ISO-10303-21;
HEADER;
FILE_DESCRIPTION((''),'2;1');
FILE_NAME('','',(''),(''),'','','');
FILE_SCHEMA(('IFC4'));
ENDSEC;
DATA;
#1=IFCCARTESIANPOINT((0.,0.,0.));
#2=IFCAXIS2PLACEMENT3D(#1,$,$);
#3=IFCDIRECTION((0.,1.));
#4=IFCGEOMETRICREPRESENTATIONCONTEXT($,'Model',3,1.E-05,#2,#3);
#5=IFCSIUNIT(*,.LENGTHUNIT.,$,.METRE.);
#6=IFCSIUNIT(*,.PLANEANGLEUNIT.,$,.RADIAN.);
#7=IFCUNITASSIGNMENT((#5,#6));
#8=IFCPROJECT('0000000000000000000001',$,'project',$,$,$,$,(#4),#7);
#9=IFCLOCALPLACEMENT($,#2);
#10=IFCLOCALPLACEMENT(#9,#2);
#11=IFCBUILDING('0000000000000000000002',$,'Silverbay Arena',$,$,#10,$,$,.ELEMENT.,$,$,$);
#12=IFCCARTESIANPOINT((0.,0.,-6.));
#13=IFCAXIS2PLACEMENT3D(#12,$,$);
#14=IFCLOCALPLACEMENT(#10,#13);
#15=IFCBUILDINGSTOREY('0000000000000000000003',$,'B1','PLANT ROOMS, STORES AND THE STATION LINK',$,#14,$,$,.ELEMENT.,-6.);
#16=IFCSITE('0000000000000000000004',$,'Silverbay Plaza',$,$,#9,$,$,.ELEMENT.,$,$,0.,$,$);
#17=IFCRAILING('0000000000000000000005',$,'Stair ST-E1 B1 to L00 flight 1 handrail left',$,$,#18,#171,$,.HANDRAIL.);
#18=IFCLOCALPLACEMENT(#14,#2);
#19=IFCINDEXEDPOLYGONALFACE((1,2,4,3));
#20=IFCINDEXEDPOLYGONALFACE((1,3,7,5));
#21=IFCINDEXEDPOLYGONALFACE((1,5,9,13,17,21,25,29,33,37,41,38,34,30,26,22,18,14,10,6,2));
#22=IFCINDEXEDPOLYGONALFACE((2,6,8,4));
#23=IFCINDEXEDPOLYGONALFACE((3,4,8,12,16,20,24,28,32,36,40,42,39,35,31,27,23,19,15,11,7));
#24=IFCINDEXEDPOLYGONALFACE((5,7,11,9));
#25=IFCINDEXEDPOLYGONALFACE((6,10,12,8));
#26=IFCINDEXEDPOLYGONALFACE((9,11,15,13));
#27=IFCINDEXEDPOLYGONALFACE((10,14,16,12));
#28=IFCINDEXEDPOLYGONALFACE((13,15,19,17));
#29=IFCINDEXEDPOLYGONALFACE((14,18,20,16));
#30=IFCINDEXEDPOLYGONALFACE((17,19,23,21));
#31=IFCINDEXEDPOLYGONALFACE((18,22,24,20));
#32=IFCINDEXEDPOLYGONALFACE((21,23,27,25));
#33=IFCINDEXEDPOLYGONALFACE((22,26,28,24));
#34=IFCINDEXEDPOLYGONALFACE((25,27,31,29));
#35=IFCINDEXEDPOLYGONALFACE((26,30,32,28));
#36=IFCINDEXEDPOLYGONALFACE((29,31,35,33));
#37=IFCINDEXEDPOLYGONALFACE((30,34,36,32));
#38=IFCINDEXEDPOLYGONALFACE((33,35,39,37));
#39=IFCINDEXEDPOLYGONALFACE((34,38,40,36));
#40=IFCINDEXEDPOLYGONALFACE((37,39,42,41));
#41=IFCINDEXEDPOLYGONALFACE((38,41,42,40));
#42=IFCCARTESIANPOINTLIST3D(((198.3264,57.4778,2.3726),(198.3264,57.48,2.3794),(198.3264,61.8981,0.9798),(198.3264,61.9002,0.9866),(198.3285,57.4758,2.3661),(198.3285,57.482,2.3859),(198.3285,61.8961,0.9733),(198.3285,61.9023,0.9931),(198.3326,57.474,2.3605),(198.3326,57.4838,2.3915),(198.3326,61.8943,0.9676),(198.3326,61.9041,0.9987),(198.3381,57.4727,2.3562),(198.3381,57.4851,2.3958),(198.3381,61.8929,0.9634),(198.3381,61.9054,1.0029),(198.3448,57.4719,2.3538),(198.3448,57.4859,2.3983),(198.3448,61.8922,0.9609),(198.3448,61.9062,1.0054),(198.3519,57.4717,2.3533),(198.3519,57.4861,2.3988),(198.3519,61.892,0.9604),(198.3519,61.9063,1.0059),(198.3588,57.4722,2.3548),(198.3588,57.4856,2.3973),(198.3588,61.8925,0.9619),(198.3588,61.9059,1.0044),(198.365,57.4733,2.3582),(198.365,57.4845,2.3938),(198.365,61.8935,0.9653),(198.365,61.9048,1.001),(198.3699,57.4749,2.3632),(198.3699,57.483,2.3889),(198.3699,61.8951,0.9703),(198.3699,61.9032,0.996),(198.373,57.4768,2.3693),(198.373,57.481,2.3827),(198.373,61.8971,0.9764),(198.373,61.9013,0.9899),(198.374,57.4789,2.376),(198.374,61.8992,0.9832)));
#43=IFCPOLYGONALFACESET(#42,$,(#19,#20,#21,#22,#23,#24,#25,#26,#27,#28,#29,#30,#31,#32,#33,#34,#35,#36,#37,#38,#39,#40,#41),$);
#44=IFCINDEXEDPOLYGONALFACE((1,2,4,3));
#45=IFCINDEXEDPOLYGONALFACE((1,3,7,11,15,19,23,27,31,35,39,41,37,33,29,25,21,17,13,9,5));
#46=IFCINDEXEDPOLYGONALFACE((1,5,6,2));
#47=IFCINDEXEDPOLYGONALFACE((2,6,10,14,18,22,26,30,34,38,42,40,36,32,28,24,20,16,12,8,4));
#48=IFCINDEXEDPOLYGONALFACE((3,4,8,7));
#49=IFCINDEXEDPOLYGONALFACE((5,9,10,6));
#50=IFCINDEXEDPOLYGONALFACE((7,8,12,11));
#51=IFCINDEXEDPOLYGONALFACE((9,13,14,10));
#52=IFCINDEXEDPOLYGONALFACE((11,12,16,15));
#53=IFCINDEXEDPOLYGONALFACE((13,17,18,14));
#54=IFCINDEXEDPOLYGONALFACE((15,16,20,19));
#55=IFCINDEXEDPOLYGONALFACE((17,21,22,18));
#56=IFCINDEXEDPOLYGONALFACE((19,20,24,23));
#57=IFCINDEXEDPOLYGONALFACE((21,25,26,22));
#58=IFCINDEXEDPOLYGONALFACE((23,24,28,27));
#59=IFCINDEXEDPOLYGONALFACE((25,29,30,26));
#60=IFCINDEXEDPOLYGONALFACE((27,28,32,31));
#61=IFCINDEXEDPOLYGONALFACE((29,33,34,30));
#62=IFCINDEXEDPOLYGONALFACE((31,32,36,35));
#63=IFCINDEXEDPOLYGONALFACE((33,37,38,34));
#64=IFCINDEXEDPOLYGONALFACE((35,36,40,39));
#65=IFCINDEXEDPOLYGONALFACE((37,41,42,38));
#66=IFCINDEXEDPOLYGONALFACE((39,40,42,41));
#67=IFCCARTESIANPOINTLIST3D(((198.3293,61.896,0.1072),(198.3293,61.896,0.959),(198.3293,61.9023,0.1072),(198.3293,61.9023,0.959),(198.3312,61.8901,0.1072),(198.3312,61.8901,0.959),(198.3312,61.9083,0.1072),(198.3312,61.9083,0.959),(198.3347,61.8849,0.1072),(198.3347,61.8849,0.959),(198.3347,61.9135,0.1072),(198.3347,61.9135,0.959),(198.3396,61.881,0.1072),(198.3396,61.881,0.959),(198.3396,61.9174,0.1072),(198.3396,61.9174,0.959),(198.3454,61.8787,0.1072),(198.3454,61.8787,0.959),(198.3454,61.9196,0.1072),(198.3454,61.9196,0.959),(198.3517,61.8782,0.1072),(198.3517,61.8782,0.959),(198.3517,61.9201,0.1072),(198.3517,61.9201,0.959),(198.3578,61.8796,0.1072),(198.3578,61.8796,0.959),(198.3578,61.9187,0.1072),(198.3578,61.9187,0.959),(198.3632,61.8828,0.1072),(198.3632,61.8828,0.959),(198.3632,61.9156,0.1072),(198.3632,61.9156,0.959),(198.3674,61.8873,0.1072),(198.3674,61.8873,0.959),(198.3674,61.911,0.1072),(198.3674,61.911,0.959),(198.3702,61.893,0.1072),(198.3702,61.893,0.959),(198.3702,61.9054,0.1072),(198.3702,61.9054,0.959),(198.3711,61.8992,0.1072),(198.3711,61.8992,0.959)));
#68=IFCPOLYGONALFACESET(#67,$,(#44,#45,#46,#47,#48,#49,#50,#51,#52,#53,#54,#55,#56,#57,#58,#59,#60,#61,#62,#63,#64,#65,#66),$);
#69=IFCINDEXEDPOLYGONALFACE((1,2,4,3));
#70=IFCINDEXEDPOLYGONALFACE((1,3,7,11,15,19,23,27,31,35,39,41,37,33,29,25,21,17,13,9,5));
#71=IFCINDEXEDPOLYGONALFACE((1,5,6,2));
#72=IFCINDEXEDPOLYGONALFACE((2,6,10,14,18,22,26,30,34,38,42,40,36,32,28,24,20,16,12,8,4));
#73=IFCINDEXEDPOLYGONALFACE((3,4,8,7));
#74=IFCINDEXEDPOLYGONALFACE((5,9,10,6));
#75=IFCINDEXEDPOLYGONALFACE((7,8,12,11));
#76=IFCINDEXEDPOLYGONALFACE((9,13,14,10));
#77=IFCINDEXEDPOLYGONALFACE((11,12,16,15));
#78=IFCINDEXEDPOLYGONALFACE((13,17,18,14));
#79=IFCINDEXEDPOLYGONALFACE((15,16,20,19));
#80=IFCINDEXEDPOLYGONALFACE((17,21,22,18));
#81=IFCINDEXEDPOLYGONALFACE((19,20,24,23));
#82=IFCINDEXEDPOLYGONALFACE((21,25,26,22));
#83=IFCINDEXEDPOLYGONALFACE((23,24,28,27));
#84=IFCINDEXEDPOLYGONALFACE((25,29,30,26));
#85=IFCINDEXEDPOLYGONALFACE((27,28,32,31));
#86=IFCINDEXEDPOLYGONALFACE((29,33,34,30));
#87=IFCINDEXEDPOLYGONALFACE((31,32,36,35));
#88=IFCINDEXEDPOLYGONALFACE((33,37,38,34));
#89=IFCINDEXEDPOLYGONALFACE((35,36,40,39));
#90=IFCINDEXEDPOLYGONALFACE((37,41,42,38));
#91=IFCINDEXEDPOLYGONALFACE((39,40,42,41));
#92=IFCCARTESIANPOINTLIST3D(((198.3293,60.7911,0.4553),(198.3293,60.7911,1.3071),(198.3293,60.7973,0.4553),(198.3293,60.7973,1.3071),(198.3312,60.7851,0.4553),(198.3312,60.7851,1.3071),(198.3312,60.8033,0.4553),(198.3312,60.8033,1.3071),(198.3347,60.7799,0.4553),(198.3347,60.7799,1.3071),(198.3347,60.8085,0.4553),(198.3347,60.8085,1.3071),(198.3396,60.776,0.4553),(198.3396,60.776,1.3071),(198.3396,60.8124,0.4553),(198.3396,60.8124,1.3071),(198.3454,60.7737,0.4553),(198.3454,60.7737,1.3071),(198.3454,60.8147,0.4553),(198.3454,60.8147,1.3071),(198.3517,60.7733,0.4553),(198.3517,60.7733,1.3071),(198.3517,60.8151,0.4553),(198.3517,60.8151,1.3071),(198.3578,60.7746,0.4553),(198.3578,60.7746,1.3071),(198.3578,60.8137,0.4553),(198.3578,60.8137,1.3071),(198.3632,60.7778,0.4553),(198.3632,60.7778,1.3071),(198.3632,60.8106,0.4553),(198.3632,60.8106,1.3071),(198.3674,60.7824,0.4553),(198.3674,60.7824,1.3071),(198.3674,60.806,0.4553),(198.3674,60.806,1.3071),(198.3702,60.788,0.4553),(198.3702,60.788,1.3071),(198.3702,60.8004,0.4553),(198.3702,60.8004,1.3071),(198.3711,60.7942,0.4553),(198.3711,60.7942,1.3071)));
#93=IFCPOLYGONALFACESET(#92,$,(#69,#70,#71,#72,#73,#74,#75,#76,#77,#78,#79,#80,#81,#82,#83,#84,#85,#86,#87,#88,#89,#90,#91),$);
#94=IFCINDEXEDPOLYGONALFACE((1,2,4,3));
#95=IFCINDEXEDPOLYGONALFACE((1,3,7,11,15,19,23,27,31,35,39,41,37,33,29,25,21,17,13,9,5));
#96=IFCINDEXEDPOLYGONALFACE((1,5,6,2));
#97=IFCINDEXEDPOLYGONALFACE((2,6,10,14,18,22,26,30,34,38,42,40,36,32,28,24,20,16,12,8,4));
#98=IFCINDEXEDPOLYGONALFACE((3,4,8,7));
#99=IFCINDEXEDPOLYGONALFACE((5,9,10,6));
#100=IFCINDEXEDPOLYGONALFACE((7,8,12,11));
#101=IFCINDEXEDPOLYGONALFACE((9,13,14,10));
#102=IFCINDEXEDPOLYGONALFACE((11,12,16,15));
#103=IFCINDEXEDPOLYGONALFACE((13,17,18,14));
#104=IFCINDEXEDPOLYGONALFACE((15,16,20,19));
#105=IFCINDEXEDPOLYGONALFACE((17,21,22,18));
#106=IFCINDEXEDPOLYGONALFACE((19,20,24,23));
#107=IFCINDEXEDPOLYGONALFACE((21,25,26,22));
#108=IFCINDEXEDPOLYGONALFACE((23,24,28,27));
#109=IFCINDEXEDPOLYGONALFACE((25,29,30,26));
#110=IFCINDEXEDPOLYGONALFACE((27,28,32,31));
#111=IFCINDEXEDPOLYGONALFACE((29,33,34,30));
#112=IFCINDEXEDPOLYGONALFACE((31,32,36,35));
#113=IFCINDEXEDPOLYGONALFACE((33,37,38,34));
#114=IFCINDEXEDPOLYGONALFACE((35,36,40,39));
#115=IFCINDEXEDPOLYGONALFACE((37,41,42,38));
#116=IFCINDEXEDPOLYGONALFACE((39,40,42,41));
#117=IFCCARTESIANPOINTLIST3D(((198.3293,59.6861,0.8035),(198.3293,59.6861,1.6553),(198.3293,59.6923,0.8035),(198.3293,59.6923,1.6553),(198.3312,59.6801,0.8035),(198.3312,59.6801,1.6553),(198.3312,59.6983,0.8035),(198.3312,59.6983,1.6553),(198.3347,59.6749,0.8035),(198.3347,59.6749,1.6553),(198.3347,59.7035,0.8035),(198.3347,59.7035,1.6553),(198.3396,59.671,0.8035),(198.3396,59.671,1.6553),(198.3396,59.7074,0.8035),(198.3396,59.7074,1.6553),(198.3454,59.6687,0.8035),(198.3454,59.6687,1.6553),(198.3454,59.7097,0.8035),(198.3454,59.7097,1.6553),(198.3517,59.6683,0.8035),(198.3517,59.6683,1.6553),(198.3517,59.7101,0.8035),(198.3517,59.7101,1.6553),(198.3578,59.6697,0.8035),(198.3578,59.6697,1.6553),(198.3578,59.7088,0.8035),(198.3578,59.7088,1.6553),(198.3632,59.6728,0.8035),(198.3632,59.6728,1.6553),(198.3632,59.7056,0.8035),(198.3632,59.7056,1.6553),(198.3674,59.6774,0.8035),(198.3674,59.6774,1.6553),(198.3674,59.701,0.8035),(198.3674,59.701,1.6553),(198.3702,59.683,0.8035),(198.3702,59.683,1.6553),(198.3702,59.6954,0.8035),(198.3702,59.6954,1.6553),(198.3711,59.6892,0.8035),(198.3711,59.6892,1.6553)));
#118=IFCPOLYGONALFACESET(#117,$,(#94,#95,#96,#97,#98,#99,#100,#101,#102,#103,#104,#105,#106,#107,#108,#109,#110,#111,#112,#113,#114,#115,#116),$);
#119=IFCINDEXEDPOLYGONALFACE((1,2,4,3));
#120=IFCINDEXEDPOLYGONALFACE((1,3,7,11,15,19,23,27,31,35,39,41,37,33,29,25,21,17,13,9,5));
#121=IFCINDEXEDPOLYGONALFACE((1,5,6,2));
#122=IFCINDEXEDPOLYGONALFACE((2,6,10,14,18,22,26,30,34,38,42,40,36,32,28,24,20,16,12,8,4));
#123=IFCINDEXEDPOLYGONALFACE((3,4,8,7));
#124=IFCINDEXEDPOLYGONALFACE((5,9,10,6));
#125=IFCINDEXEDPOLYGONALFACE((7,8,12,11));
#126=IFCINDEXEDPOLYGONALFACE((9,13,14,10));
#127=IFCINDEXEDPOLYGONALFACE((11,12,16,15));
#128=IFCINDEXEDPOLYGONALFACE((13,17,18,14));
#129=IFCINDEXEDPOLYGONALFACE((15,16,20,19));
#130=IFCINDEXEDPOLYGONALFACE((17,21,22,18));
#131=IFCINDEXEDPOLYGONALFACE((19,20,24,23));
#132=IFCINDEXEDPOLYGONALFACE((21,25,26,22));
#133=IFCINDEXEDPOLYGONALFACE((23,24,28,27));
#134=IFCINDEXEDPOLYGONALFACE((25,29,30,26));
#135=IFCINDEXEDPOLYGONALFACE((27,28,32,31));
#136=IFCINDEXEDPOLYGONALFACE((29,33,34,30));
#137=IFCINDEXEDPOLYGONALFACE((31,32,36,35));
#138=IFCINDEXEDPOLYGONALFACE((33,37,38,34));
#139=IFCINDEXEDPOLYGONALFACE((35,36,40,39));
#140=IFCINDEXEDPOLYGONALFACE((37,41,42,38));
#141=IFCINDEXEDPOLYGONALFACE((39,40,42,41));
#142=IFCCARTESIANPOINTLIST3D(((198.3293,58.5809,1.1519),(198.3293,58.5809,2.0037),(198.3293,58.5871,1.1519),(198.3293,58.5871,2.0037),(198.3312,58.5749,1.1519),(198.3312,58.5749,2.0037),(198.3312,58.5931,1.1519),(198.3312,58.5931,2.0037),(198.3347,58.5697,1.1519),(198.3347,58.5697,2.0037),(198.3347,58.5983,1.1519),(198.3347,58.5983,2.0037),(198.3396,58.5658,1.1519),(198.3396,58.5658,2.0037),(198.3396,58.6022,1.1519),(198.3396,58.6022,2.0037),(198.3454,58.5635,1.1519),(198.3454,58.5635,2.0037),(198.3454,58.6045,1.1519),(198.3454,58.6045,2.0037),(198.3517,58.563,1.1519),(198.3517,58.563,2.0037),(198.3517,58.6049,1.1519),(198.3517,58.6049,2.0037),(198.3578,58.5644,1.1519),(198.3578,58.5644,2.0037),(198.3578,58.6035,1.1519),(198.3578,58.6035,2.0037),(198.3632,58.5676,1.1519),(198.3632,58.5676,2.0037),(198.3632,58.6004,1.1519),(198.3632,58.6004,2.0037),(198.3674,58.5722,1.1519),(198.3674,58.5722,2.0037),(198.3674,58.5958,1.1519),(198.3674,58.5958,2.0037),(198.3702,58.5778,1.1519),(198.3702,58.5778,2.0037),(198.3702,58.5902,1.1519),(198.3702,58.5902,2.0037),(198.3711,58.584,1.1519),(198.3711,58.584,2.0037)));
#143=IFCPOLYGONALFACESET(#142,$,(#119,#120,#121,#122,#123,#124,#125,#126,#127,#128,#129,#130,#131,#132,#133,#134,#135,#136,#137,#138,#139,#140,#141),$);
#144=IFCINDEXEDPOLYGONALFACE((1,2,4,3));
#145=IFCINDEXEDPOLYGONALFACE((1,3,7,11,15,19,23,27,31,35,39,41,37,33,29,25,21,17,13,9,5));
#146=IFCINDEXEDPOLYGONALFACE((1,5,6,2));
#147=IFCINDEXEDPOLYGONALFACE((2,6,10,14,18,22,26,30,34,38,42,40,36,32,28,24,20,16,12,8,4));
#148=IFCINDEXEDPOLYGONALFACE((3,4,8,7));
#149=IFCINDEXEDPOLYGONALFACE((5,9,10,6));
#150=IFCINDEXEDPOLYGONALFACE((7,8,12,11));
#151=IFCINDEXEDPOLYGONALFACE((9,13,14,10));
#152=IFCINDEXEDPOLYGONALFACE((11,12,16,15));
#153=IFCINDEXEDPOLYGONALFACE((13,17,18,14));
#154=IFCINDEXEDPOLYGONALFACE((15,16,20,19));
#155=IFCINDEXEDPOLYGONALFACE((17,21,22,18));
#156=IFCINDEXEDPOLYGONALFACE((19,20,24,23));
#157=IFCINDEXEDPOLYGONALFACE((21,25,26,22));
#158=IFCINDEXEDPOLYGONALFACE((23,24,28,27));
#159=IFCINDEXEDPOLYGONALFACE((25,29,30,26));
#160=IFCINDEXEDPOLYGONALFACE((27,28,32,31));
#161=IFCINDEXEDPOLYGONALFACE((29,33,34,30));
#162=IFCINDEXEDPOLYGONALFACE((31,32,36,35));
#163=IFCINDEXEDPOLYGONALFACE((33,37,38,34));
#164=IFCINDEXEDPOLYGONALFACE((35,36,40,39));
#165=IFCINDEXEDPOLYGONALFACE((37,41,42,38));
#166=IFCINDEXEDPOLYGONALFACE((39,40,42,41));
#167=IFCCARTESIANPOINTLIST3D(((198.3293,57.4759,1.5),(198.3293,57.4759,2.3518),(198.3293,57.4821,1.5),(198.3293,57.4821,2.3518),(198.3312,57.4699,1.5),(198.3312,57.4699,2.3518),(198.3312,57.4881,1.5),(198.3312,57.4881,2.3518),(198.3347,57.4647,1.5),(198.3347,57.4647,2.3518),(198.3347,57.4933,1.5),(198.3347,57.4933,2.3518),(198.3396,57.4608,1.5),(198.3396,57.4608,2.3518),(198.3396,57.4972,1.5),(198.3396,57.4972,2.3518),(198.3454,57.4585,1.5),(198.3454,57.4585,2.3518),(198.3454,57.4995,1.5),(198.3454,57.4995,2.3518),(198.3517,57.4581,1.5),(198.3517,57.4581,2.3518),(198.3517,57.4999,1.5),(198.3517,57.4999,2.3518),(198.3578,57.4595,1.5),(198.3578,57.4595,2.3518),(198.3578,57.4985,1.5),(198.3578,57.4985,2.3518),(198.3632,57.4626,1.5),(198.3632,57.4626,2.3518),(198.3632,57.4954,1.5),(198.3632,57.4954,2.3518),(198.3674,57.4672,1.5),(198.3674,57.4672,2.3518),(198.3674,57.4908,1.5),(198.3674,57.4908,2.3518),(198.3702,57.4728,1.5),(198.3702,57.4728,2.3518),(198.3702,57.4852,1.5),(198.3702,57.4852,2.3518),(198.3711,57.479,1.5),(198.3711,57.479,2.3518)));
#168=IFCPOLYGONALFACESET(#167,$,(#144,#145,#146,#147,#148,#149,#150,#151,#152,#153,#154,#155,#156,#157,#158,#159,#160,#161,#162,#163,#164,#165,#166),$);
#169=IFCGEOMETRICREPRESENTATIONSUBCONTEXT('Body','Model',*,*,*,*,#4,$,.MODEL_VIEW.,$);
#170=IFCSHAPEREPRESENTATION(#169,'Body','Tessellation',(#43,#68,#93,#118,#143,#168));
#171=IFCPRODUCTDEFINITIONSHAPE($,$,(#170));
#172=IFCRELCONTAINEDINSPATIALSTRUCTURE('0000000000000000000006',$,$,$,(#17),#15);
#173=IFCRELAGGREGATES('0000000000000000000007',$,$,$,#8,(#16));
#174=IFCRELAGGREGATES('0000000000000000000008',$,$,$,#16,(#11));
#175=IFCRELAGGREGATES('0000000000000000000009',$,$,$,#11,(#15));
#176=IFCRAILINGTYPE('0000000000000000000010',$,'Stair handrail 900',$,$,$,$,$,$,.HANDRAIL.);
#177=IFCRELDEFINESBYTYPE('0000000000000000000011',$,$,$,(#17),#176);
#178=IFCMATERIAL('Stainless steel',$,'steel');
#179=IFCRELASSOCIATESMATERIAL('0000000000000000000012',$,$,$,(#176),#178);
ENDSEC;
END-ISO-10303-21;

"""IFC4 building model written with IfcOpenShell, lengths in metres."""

from ifc_helpers import new_model, si_unit, direction, frame, origin, origin_2d, place, context, subcontext, project, spatial, circle, extrude, material, type_object, element, save


model = new_model("IFC4")

# Units and contexts
model_context = context("Model", 3, precision=1e-05, world=origin(), true_north=direction((0.0, 1.0)))
body_context = subcontext(model_context, "Body", "Model", "MODEL_VIEW")
ifc_project = project(units=[si_unit("LENGTHUNIT", "METRE"), si_unit("PLANEANGLEUNIT", "RADIAN")], contexts=[model_context])

# Site, building, storey
site_placement = place(None, origin())
site = spatial("IfcSite", under=ifc_project, at=site_placement, Name="Silverbay Plaza", CompositionType="ELEMENT", RefElevation=0.0)
building_placement = place(site_placement, origin())
building = spatial("IfcBuilding", under=site, at=building_placement, Name="Silverbay Arena", CompositionType="ELEMENT")
storey_placement = place(building_placement, frame((0.0, 0.0, -6.0)))
storey = spatial("IfcBuildingStorey", under=building, at=storey_placement, Name="B1", Description="PLANT ROOMS, STORES AND THE STATION LINK", CompositionType="ELEMENT", Elevation=-6.0)

# Railing
ifc_material_1 = material(Name="Stainless steel", Category="steel")
railing_type_1 = type_object("IfcRailingType", Name="Stair handrail 900", PredefinedType="HANDRAIL", material=ifc_material_1)
for number, where, name in (
    (1, (198.3501, 61.8992, 0.1072), "Stair ST-E1 B1 to L00 flight 1 handrail left"),
):
    element("IfcRailing", number, at=place(storey_placement, frame(where)), inside=storey, type_object=railing_type_1, Name=name, PredefinedType="HANDRAIL", context=body_context, shape_type="SweptSolid", body=[
        extrude(circle(Radius=0.0239, at=origin_2d()), frame((0.0, 0.0, 0.876), z_axis=(0.0, -0.95377, 0.300539), x_axis=(1.0, 0.0, 0.0)), (0.0, 0.0, 1.0), 4.6345),
        extrude(circle(Radius=0.021, at=origin_2d()), origin(), (0.0, 0.0, 1.0), 0.8518),
        extrude(circle(Radius=0.021, at=origin_2d()), frame((0.0, -1.105, 0.3481)), (0.0, 0.0, 1.0), 0.8518),
        extrude(circle(Radius=0.021, at=origin_2d()), frame((0.0, -2.21, 0.6963)), (0.0, 0.0, 1.0), 0.8518),
        extrude(circle(Radius=0.021, at=origin_2d()), frame((0.0, -3.3152, 1.0447)), (0.0, 0.0, 1.0), 0.8518),
        extrude(circle(Radius=0.021, at=origin_2d()), frame((0.0, -4.4202, 1.3928)), (0.0, 0.0, 1.0), 0.8518),
    ])

save(model, "model.ifc")
